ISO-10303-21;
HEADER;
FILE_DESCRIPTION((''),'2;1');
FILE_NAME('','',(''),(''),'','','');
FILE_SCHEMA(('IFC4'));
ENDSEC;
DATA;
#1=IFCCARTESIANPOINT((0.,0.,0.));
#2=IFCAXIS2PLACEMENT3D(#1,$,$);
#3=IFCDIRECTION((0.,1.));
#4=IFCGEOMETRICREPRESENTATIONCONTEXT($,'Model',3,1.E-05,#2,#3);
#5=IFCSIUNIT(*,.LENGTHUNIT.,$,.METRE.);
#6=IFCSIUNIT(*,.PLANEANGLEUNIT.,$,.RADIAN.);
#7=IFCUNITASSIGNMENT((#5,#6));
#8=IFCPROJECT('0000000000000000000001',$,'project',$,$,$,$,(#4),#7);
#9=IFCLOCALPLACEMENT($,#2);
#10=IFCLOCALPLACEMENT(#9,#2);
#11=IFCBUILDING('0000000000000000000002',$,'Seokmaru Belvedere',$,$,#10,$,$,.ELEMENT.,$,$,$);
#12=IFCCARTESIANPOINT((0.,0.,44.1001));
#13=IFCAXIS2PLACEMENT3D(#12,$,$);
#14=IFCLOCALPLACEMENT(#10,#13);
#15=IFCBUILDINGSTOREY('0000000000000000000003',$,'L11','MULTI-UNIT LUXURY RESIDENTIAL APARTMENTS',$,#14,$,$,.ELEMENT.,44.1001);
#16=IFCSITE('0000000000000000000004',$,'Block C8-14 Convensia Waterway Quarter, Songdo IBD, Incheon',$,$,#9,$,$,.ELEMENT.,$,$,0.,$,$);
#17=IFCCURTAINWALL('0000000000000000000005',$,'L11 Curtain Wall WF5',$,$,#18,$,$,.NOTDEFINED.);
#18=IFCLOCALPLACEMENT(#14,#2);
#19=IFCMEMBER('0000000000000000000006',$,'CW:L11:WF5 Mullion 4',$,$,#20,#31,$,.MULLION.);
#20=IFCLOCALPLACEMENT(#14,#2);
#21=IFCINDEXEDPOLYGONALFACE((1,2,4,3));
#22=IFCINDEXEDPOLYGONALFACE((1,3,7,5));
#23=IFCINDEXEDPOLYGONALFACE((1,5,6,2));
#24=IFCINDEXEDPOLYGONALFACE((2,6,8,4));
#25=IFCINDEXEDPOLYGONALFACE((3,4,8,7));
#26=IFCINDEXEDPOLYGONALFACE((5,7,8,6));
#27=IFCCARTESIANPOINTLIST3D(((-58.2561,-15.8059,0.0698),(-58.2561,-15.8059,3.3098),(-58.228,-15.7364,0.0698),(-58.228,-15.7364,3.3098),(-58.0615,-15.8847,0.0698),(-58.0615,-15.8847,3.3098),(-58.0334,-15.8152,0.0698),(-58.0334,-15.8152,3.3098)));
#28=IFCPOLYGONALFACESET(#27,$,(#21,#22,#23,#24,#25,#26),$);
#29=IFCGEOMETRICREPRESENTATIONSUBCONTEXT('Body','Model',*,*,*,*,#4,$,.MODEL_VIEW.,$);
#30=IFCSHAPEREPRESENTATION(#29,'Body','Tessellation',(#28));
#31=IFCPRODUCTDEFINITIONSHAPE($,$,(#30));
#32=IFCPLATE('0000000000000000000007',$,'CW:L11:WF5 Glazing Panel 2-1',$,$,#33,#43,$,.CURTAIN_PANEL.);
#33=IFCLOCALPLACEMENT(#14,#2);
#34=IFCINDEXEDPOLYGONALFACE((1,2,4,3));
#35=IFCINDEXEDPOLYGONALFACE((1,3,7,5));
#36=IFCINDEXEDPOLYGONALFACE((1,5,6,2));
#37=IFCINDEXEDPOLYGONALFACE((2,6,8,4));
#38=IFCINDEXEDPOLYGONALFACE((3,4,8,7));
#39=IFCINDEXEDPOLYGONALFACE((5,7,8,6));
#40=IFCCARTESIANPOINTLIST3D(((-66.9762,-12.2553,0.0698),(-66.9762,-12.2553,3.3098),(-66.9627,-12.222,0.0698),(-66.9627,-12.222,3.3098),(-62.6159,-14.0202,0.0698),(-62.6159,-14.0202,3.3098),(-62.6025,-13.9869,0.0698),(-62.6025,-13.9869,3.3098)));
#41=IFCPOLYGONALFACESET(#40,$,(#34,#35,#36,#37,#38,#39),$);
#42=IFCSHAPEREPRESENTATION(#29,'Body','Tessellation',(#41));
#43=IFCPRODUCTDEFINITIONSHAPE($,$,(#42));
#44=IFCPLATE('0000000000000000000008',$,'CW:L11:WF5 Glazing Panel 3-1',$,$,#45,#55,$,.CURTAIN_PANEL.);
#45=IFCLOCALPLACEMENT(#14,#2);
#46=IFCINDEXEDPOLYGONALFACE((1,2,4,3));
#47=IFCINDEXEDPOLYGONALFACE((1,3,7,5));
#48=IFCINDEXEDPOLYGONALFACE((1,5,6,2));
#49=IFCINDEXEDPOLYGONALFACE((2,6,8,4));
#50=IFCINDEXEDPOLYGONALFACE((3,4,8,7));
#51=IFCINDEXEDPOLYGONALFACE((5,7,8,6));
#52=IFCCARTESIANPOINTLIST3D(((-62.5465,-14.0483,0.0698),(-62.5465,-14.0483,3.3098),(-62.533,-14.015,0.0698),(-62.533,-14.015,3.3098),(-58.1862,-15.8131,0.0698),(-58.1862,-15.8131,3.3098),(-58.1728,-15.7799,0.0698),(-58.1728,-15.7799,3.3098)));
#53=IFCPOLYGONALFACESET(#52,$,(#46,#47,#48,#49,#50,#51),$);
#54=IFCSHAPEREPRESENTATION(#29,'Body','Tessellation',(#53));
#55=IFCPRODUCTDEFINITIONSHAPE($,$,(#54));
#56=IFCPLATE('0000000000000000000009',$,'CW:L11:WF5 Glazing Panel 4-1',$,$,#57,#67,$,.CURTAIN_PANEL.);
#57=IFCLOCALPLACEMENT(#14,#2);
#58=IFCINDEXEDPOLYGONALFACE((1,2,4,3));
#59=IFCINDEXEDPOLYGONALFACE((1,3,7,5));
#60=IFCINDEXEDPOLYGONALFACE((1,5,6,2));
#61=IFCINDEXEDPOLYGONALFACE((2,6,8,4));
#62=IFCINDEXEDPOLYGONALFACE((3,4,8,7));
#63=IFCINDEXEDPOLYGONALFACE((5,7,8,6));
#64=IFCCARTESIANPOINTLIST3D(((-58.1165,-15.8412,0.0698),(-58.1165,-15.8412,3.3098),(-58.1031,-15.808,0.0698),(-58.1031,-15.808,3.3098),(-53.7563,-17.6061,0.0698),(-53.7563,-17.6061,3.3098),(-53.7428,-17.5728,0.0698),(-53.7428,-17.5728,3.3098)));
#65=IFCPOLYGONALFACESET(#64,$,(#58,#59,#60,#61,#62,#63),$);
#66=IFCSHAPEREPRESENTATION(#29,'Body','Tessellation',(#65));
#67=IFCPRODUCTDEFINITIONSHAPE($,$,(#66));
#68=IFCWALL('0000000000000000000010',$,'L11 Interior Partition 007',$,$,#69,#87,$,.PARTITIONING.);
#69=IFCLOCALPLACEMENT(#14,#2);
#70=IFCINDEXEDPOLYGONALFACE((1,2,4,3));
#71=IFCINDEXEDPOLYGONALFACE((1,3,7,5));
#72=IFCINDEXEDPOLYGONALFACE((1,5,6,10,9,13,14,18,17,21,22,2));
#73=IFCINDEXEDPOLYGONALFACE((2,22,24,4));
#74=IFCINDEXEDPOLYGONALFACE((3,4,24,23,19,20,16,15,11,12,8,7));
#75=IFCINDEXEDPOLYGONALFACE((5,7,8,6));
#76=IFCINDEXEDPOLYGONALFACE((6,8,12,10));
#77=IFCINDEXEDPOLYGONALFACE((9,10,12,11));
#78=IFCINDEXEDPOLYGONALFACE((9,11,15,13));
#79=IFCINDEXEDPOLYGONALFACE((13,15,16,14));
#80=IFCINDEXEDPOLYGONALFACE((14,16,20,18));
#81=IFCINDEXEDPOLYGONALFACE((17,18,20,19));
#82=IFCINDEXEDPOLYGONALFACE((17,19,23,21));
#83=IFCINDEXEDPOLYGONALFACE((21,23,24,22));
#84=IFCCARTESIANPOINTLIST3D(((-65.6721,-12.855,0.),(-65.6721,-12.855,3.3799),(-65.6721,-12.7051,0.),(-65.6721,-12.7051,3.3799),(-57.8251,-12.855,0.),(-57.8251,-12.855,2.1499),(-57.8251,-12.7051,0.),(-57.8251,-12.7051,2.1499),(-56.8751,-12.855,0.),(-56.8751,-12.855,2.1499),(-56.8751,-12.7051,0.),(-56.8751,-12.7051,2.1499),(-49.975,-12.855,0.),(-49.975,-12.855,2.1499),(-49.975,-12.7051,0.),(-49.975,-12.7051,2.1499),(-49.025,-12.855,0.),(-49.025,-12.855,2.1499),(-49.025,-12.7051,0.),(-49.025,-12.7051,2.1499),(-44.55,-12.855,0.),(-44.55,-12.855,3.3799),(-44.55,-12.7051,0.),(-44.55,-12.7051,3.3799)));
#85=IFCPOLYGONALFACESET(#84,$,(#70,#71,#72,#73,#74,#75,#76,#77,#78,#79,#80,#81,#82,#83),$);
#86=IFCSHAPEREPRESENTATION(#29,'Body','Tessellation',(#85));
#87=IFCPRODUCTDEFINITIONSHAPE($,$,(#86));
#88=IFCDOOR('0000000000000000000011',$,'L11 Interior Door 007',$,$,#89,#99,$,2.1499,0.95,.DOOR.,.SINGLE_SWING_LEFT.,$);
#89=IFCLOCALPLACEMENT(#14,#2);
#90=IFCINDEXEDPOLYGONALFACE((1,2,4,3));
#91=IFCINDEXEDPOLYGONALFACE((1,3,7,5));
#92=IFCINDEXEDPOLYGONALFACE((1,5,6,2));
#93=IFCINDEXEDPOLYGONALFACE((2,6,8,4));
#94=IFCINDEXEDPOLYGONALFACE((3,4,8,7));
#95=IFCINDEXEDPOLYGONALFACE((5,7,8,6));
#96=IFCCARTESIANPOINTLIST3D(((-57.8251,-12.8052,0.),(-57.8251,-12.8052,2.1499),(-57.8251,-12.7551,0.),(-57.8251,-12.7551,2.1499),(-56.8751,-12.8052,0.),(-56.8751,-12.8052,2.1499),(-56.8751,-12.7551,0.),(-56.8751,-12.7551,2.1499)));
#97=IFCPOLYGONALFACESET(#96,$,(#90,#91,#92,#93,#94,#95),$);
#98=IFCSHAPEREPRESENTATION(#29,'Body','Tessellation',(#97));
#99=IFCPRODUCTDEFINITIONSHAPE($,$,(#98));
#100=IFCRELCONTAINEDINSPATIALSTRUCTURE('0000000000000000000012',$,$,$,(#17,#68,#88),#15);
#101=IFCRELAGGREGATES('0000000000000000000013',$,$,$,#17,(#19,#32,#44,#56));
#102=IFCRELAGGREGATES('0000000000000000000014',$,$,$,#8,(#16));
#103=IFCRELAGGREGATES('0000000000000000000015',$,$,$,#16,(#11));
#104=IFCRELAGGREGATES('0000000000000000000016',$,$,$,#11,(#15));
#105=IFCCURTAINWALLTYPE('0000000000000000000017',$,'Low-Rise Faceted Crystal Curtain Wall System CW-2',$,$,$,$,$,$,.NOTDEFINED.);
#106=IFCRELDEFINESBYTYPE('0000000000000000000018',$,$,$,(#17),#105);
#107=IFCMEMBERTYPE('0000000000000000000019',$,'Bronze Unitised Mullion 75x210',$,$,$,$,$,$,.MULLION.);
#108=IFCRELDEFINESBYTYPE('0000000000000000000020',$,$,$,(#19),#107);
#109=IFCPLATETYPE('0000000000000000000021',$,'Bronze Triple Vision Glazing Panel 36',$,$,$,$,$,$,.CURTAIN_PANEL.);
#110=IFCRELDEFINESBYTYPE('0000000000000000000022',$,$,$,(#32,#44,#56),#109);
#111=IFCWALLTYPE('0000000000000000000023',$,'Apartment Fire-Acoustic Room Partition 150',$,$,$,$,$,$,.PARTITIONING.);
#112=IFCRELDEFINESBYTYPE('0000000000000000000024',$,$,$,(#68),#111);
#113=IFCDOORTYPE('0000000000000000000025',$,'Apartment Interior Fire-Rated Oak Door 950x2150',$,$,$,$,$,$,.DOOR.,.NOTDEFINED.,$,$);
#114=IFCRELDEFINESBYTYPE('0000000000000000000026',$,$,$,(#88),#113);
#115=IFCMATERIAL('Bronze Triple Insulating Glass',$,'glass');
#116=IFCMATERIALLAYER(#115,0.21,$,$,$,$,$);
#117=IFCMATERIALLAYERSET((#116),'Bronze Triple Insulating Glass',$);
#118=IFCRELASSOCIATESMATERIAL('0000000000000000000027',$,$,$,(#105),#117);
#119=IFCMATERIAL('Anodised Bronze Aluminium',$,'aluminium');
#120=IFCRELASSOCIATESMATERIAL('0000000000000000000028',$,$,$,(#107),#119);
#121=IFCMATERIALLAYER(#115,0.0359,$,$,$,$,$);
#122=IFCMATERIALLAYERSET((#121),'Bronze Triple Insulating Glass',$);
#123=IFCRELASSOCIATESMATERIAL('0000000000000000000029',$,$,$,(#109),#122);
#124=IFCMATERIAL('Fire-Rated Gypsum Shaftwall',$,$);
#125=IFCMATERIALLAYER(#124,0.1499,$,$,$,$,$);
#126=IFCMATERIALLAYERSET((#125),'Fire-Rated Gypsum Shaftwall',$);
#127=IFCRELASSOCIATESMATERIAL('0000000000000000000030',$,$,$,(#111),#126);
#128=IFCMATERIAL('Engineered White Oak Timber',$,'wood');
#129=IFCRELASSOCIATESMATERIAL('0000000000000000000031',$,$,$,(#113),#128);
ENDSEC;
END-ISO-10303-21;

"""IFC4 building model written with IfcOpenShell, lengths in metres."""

from ifc_helpers import new_model, si_unit, direction, frame, frame_2d, origin, origin_2d, place, context, subcontext, project, spatial, rectangle, extrude, source, transform, mapped, material, layer, layer_set, material_profile, profile_set, type_object, type_shapes, element, fill, aggregate, save


model = new_model("IFC4")

# Units and contexts
model_context = context("Model", 3, precision=1e-05, world=origin(), true_north=direction((0.0, 1.0)))
body_context = subcontext(model_context, "Body", "Model", "MODEL_VIEW")
ifc_project = project(units=[si_unit("LENGTHUNIT", "METRE"), si_unit("PLANEANGLEUNIT", "RADIAN")], contexts=[model_context])

# Site, building, storey
site_placement = place(None, origin())
site = spatial("IfcSite", under=ifc_project, at=site_placement, Name="Block C8-14 Convensia Waterway Quarter, Songdo IBD, Incheon", CompositionType="ELEMENT", RefElevation=0.0)
building_placement = place(site_placement, origin())
building = spatial("IfcBuilding", under=site, at=building_placement, Name="Seokmaru Belvedere", CompositionType="ELEMENT")
storey_placement = place(building_placement, frame((0.0, 0.0, 44.1001)))
storey = spatial("IfcBuildingStorey", under=building, at=storey_placement, Name="L11", Description="MULTI-UNIT LUXURY RESIDENTIAL APARTMENTS", CompositionType="ELEMENT", Elevation=44.1001)

# Curtain wall, member, plates
ifc_material_1 = material(Name="Bronze Triple Insulating Glass", Category="glass")
ifc_layer_1 = layer(ifc_material_1, 0.21)
ifc_layer_set_1 = layer_set([ifc_layer_1], Name="Bronze Triple Insulating Glass")
curtain_wall_type = type_object("IfcCurtainWallType", Name="Low-Rise Faceted Crystal Curtain Wall System CW-2", PredefinedType="NOTDEFINED", material=ifc_layer_set_1)
curtain_wall_placement = place(storey_placement, origin())
curtain_wall = element("IfcCurtainWall", 1, at=curtain_wall_placement, inside=storey, type_object=curtain_wall_type, Name="L11 Curtain Wall WF5", PredefinedType="NOTDEFINED")
ifc_material_2 = material(Name="Anodised Bronze Aluminium", Category="aluminium")
ifc_material_profile_1 = material_profile(ifc_material_2, rectangle(XDim=0.075, YDim=0.21, at=origin_2d()), Name="CW-M-75x210")
ifc_profile_set_1 = profile_set([ifc_material_profile_1], Name="Anodised Bronze Aluminium")
member_type = type_object("IfcMemberType", Name="Bronze Unitised Mullion 75x210", PredefinedType="MULLION", material=ifc_profile_set_1)
shared_shape_1 = source(origin(), body_context, "Body", "SweptSolid", [
    extrude(rectangle(XDim=0.075, YDim=0.21, at=origin_2d()), origin(), (0.0, 0.0, 1.0), 3.24),
])
type_shapes(member_type, [shared_shape_1])
member_1_placement = place(storey_placement, frame((-58.1448, -15.8105, 0.0698), z_axis=(0.0, 0.0, 1.0), x_axis=(0.375192, 0.926947, 0.0)))
member_1 = element("IfcMember", 2, at=member_1_placement, type_object=member_type, Name="CW:L11:WF5 Mullion 4", PredefinedType="MULLION", context=body_context, shape_type="MappedRepresentation", body=[
    mapped(shared_shape_1, transform((0.0, 0.0, 0.0), scale=1.0)),
])
ifc_layer_2 = layer(ifc_material_1, 0.0359)
ifc_layer_set_2 = layer_set([ifc_layer_2], Name="Bronze Triple Insulating Glass")
plate_type = type_object("IfcPlateType", Name="Bronze Triple Vision Glazing Panel 36", PredefinedType="CURTAIN_PANEL", material=ifc_layer_set_2)
shared_shape_2 = source(origin(), body_context, "Body", "SweptSolid", [
    extrude(rectangle(XDim=4.7039, YDim=0.0359, at=origin_2d()), origin(), (0.0, 0.0, 1.0), 3.24),
])
type_shapes(plate_type, [shared_shape_2])
plate_1_placement = place(storey_placement, frame((-64.7893, -13.1211, 0.0698), z_axis=(0.0, 0.0, 1.0), x_axis=(0.926947, -0.375192, 0.0)))
plate_1 = element("IfcPlate", 3, at=plate_1_placement, type_object=plate_type, Name="CW:L11:WF5 Glazing Panel 2-1", PredefinedType="CURTAIN_PANEL", context=body_context, shape_type="MappedRepresentation", body=[
    mapped(shared_shape_2, transform((0.0, 0.0, 0.0), scale=1.0)),
])
plate_2_placement = place(storey_placement, frame((-60.3596, -14.9141, 0.0698), z_axis=(0.0, 0.0, 1.0), x_axis=(0.926947, -0.375192, 0.0)))
plate_2 = element("IfcPlate", 4, at=plate_2_placement, type_object=plate_type, Name="CW:L11:WF5 Glazing Panel 3-1", PredefinedType="CURTAIN_PANEL", context=body_context, shape_type="MappedRepresentation", body=[
    mapped(shared_shape_2, transform((0.0, 0.0, 0.0), scale=1.0)),
])
plate_3_placement = place(storey_placement, frame((-55.9297, -16.707, 0.0698), z_axis=(0.0, 0.0, 1.0), x_axis=(0.926947, -0.375192, 0.0)))
plate_3 = element("IfcPlate", 5, at=plate_3_placement, type_object=plate_type, Name="CW:L11:WF5 Glazing Panel 4-1", PredefinedType="CURTAIN_PANEL", context=body_context, shape_type="MappedRepresentation", body=[
    mapped(shared_shape_2, transform((0.0, 0.0, 0.0), scale=1.0)),
])
aggregate(curtain_wall, [member_1, plate_1, plate_2, plate_3])

# Wall, openings, door
ifc_material_3 = material(Name="Fire-Rated Gypsum Shaftwall")
ifc_layer_3 = layer(ifc_material_3, 0.1499)
ifc_layer_set_3 = layer_set([ifc_layer_3], Name="Fire-Rated Gypsum Shaftwall")
wall_type = type_object("IfcWallType", Name="Apartment Fire-Acoustic Room Partition 150", PredefinedType="PARTITIONING", material=ifc_layer_set_3)
wall_1_placement = place(storey_placement, frame((-65.6721, -12.78, 0.0), z_axis=(0.0, 0.0, 1.0), x_axis=(1.0, 0.0, 0.0)))
wall_1 = element("IfcWall", 6, at=wall_1_placement, inside=storey, type_object=wall_type, Name="L11 Interior Partition 007", PredefinedType="PARTITIONING", context=body_context, shape_type="SweptSolid", body=[
    extrude(rectangle(XDim=21.1221, YDim=0.1499, at=frame_2d((10.561, 0.0))), origin(), (0.0, 0.0, 1.0), 3.3799),
])
opening_1_placement = place(wall_1_placement, frame((15.697, 0.0, 0.0)))
element("IfcOpeningElement", 7, at=opening_1_placement, cuts=wall_1, PredefinedType="OPENING", context=body_context, shape_type="SweptSolid", body=[
    extrude(rectangle(XDim=0.95, YDim=2.1499, at=frame_2d((0.4751, 1.075))), frame((0.0, 0.085, 0.0), z_axis=(0.0, -1.0, 0.0), x_axis=(1.0, 0.0, 0.0)), (0.0, 0.0, 1.0), 0.1699),
])
opening_2_placement = place(wall_1_placement, frame((7.8469, 0.0, 0.0)))
opening_2 = element("IfcOpeningElement", 8, at=opening_2_placement, cuts=wall_1, PredefinedType="OPENING", context=body_context, shape_type="SweptSolid", body=[
    extrude(rectangle(XDim=0.95, YDim=2.1499, at=frame_2d((0.4751, 1.075))), frame((0.0, 0.085, 0.0), z_axis=(0.0, -1.0, 0.0), x_axis=(1.0, 0.0, 0.0)), (0.0, 0.0, 1.0), 0.1699),
])
ifc_material_4 = material(Name="Engineered White Oak Timber", Category="wood")
door_type = type_object("IfcDoorType", Name="Apartment Interior Fire-Rated Oak Door 950x2150", OperationType="NOTDEFINED", PredefinedType="DOOR", material=ifc_material_4)
shared_shape_3 = source(origin(), body_context, "Body", "SweptSolid", [
    extrude(rectangle(XDim=0.95, YDim=2.1499, at=frame_2d((0.4751, 1.075))), frame((0.0, 0.0249, 0.0), z_axis=(0.0, -1.0, 0.0), x_axis=(1.0, 0.0, 0.0)), (0.0, 0.0, 1.0), 0.05),
])
type_shapes(door_type, [shared_shape_3])
door_1_placement = place(opening_2_placement, origin())
door_1 = element("IfcDoor", 9, at=door_1_placement, inside=storey, type_object=door_type, Name="L11 Interior Door 007", OperationType="SINGLE_SWING_LEFT", OverallHeight=2.1499, OverallWidth=0.95, PredefinedType="DOOR", context=body_context, shape_type="MappedRepresentation", body=[
    mapped(shared_shape_3, transform((0.0, 0.0, 0.0), scale=1.0)),
])
fill(opening_2, door_1)

save(model, "model.ifc")
